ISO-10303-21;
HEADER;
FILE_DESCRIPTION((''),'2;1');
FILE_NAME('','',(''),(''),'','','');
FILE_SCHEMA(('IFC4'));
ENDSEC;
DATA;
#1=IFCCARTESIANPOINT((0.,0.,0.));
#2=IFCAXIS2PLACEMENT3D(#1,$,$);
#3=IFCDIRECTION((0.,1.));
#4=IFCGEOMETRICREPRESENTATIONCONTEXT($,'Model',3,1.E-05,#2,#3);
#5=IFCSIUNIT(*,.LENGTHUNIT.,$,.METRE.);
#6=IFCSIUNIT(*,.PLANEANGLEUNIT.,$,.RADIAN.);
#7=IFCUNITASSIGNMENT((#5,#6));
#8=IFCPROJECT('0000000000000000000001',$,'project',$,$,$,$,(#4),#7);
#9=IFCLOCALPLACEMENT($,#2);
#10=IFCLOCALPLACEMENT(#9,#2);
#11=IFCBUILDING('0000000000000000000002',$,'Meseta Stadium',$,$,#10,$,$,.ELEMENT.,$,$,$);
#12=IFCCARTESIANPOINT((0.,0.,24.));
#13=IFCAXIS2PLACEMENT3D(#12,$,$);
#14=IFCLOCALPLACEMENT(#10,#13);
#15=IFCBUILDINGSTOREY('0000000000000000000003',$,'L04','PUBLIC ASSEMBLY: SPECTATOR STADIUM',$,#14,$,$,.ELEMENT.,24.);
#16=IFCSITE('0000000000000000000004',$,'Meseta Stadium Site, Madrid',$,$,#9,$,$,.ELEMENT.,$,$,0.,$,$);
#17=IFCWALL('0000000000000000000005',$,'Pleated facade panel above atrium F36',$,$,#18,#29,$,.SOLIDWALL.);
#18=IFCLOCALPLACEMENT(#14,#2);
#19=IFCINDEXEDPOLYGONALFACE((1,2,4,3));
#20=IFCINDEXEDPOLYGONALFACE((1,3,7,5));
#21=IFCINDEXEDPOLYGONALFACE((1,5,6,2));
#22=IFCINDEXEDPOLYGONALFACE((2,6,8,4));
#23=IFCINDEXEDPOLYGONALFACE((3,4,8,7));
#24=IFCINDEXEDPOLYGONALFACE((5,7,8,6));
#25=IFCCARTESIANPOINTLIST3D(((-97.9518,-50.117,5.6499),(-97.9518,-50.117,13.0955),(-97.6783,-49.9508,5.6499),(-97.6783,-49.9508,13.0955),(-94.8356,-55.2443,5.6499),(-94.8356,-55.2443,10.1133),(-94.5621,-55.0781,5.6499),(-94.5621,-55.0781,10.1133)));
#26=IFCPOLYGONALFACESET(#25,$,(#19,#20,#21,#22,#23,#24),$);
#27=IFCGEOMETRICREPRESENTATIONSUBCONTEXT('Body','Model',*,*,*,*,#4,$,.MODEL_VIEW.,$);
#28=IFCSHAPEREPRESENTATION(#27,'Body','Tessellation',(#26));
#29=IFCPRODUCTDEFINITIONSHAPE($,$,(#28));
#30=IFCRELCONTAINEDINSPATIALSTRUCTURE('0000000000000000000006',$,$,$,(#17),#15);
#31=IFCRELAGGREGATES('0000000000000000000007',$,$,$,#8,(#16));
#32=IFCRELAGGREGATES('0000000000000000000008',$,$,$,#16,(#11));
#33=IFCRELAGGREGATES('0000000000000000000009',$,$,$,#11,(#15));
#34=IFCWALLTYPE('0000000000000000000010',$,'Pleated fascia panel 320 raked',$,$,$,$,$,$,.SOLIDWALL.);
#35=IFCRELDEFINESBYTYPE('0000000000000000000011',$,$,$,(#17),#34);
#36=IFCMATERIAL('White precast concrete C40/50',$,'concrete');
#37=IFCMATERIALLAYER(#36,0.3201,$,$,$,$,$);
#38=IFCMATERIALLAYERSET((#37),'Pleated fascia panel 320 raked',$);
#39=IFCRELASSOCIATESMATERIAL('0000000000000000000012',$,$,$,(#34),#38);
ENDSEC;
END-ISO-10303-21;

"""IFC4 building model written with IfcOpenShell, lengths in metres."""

from ifc_helpers import new_model, si_unit, direction, frame, origin, place, context, subcontext, project, spatial, polyline, outline, extrude, material, layer, layer_set, type_object, element, save


model = new_model("IFC4")

# Units and contexts
model_context = context("Model", 3, precision=1e-05, world=origin(), true_north=direction((0.0, 1.0)))
body_context = subcontext(model_context, "Body", "Model", "MODEL_VIEW")
ifc_project = project(units=[si_unit("LENGTHUNIT", "METRE"), si_unit("PLANEANGLEUNIT", "RADIAN")], contexts=[model_context])

# Site, building, storey
site_placement = place(None, origin())
site = spatial("IfcSite", under=ifc_project, at=site_placement, Name="Meseta Stadium Site, Madrid", CompositionType="ELEMENT", RefElevation=0.0)
building_placement = place(site_placement, origin())
building = spatial("IfcBuilding", under=site, at=building_placement, Name="Meseta Stadium", CompositionType="ELEMENT")
storey_placement = place(building_placement, frame((0.0, 0.0, 24.0)))
storey = spatial("IfcBuildingStorey", under=building, at=storey_placement, Name="L04", Description="PUBLIC ASSEMBLY: SPECTATOR STADIUM", CompositionType="ELEMENT", Elevation=24.0)

# Wall
ifc_material_1 = material(Name="White precast concrete C40/50", Category="concrete")
ifc_layer_1 = layer(ifc_material_1, 0.3201)
ifc_layer_set_1 = layer_set([ifc_layer_1], Name="Pleated fascia panel 320 raked")
wall_type = type_object("IfcWallType", Name="Pleated fascia panel 320 raked", PredefinedType="SOLIDWALL", material=ifc_layer_set_1)
wall_placement = place(storey_placement, frame((-94.6987, -55.1611, 5.6499), z_axis=(0.0, 0.0, 1.0), x_axis=(-0.519376, 0.854546, 0.0)))
element("IfcWall", 1, at=wall_placement, inside=storey, type_object=wall_type, Name="Pleated facade panel above atrium F36", PredefinedType="SOLIDWALL", context=body_context, shape_type="SweptSolid", body=[
    extrude(outline(polyline([(0.0, 0.0), (6.0, 0.0), (6.0, 7.4456), (0.0, 4.4634), (0.0, 0.0)])), frame((0.0, 0.1602, 0.0), z_axis=(0.0, -1.0, 0.0), x_axis=(1.0, 0.0, 0.0)), (0.0, 0.0, 1.0), 0.3201),
])

save(model, "model.ifc")
